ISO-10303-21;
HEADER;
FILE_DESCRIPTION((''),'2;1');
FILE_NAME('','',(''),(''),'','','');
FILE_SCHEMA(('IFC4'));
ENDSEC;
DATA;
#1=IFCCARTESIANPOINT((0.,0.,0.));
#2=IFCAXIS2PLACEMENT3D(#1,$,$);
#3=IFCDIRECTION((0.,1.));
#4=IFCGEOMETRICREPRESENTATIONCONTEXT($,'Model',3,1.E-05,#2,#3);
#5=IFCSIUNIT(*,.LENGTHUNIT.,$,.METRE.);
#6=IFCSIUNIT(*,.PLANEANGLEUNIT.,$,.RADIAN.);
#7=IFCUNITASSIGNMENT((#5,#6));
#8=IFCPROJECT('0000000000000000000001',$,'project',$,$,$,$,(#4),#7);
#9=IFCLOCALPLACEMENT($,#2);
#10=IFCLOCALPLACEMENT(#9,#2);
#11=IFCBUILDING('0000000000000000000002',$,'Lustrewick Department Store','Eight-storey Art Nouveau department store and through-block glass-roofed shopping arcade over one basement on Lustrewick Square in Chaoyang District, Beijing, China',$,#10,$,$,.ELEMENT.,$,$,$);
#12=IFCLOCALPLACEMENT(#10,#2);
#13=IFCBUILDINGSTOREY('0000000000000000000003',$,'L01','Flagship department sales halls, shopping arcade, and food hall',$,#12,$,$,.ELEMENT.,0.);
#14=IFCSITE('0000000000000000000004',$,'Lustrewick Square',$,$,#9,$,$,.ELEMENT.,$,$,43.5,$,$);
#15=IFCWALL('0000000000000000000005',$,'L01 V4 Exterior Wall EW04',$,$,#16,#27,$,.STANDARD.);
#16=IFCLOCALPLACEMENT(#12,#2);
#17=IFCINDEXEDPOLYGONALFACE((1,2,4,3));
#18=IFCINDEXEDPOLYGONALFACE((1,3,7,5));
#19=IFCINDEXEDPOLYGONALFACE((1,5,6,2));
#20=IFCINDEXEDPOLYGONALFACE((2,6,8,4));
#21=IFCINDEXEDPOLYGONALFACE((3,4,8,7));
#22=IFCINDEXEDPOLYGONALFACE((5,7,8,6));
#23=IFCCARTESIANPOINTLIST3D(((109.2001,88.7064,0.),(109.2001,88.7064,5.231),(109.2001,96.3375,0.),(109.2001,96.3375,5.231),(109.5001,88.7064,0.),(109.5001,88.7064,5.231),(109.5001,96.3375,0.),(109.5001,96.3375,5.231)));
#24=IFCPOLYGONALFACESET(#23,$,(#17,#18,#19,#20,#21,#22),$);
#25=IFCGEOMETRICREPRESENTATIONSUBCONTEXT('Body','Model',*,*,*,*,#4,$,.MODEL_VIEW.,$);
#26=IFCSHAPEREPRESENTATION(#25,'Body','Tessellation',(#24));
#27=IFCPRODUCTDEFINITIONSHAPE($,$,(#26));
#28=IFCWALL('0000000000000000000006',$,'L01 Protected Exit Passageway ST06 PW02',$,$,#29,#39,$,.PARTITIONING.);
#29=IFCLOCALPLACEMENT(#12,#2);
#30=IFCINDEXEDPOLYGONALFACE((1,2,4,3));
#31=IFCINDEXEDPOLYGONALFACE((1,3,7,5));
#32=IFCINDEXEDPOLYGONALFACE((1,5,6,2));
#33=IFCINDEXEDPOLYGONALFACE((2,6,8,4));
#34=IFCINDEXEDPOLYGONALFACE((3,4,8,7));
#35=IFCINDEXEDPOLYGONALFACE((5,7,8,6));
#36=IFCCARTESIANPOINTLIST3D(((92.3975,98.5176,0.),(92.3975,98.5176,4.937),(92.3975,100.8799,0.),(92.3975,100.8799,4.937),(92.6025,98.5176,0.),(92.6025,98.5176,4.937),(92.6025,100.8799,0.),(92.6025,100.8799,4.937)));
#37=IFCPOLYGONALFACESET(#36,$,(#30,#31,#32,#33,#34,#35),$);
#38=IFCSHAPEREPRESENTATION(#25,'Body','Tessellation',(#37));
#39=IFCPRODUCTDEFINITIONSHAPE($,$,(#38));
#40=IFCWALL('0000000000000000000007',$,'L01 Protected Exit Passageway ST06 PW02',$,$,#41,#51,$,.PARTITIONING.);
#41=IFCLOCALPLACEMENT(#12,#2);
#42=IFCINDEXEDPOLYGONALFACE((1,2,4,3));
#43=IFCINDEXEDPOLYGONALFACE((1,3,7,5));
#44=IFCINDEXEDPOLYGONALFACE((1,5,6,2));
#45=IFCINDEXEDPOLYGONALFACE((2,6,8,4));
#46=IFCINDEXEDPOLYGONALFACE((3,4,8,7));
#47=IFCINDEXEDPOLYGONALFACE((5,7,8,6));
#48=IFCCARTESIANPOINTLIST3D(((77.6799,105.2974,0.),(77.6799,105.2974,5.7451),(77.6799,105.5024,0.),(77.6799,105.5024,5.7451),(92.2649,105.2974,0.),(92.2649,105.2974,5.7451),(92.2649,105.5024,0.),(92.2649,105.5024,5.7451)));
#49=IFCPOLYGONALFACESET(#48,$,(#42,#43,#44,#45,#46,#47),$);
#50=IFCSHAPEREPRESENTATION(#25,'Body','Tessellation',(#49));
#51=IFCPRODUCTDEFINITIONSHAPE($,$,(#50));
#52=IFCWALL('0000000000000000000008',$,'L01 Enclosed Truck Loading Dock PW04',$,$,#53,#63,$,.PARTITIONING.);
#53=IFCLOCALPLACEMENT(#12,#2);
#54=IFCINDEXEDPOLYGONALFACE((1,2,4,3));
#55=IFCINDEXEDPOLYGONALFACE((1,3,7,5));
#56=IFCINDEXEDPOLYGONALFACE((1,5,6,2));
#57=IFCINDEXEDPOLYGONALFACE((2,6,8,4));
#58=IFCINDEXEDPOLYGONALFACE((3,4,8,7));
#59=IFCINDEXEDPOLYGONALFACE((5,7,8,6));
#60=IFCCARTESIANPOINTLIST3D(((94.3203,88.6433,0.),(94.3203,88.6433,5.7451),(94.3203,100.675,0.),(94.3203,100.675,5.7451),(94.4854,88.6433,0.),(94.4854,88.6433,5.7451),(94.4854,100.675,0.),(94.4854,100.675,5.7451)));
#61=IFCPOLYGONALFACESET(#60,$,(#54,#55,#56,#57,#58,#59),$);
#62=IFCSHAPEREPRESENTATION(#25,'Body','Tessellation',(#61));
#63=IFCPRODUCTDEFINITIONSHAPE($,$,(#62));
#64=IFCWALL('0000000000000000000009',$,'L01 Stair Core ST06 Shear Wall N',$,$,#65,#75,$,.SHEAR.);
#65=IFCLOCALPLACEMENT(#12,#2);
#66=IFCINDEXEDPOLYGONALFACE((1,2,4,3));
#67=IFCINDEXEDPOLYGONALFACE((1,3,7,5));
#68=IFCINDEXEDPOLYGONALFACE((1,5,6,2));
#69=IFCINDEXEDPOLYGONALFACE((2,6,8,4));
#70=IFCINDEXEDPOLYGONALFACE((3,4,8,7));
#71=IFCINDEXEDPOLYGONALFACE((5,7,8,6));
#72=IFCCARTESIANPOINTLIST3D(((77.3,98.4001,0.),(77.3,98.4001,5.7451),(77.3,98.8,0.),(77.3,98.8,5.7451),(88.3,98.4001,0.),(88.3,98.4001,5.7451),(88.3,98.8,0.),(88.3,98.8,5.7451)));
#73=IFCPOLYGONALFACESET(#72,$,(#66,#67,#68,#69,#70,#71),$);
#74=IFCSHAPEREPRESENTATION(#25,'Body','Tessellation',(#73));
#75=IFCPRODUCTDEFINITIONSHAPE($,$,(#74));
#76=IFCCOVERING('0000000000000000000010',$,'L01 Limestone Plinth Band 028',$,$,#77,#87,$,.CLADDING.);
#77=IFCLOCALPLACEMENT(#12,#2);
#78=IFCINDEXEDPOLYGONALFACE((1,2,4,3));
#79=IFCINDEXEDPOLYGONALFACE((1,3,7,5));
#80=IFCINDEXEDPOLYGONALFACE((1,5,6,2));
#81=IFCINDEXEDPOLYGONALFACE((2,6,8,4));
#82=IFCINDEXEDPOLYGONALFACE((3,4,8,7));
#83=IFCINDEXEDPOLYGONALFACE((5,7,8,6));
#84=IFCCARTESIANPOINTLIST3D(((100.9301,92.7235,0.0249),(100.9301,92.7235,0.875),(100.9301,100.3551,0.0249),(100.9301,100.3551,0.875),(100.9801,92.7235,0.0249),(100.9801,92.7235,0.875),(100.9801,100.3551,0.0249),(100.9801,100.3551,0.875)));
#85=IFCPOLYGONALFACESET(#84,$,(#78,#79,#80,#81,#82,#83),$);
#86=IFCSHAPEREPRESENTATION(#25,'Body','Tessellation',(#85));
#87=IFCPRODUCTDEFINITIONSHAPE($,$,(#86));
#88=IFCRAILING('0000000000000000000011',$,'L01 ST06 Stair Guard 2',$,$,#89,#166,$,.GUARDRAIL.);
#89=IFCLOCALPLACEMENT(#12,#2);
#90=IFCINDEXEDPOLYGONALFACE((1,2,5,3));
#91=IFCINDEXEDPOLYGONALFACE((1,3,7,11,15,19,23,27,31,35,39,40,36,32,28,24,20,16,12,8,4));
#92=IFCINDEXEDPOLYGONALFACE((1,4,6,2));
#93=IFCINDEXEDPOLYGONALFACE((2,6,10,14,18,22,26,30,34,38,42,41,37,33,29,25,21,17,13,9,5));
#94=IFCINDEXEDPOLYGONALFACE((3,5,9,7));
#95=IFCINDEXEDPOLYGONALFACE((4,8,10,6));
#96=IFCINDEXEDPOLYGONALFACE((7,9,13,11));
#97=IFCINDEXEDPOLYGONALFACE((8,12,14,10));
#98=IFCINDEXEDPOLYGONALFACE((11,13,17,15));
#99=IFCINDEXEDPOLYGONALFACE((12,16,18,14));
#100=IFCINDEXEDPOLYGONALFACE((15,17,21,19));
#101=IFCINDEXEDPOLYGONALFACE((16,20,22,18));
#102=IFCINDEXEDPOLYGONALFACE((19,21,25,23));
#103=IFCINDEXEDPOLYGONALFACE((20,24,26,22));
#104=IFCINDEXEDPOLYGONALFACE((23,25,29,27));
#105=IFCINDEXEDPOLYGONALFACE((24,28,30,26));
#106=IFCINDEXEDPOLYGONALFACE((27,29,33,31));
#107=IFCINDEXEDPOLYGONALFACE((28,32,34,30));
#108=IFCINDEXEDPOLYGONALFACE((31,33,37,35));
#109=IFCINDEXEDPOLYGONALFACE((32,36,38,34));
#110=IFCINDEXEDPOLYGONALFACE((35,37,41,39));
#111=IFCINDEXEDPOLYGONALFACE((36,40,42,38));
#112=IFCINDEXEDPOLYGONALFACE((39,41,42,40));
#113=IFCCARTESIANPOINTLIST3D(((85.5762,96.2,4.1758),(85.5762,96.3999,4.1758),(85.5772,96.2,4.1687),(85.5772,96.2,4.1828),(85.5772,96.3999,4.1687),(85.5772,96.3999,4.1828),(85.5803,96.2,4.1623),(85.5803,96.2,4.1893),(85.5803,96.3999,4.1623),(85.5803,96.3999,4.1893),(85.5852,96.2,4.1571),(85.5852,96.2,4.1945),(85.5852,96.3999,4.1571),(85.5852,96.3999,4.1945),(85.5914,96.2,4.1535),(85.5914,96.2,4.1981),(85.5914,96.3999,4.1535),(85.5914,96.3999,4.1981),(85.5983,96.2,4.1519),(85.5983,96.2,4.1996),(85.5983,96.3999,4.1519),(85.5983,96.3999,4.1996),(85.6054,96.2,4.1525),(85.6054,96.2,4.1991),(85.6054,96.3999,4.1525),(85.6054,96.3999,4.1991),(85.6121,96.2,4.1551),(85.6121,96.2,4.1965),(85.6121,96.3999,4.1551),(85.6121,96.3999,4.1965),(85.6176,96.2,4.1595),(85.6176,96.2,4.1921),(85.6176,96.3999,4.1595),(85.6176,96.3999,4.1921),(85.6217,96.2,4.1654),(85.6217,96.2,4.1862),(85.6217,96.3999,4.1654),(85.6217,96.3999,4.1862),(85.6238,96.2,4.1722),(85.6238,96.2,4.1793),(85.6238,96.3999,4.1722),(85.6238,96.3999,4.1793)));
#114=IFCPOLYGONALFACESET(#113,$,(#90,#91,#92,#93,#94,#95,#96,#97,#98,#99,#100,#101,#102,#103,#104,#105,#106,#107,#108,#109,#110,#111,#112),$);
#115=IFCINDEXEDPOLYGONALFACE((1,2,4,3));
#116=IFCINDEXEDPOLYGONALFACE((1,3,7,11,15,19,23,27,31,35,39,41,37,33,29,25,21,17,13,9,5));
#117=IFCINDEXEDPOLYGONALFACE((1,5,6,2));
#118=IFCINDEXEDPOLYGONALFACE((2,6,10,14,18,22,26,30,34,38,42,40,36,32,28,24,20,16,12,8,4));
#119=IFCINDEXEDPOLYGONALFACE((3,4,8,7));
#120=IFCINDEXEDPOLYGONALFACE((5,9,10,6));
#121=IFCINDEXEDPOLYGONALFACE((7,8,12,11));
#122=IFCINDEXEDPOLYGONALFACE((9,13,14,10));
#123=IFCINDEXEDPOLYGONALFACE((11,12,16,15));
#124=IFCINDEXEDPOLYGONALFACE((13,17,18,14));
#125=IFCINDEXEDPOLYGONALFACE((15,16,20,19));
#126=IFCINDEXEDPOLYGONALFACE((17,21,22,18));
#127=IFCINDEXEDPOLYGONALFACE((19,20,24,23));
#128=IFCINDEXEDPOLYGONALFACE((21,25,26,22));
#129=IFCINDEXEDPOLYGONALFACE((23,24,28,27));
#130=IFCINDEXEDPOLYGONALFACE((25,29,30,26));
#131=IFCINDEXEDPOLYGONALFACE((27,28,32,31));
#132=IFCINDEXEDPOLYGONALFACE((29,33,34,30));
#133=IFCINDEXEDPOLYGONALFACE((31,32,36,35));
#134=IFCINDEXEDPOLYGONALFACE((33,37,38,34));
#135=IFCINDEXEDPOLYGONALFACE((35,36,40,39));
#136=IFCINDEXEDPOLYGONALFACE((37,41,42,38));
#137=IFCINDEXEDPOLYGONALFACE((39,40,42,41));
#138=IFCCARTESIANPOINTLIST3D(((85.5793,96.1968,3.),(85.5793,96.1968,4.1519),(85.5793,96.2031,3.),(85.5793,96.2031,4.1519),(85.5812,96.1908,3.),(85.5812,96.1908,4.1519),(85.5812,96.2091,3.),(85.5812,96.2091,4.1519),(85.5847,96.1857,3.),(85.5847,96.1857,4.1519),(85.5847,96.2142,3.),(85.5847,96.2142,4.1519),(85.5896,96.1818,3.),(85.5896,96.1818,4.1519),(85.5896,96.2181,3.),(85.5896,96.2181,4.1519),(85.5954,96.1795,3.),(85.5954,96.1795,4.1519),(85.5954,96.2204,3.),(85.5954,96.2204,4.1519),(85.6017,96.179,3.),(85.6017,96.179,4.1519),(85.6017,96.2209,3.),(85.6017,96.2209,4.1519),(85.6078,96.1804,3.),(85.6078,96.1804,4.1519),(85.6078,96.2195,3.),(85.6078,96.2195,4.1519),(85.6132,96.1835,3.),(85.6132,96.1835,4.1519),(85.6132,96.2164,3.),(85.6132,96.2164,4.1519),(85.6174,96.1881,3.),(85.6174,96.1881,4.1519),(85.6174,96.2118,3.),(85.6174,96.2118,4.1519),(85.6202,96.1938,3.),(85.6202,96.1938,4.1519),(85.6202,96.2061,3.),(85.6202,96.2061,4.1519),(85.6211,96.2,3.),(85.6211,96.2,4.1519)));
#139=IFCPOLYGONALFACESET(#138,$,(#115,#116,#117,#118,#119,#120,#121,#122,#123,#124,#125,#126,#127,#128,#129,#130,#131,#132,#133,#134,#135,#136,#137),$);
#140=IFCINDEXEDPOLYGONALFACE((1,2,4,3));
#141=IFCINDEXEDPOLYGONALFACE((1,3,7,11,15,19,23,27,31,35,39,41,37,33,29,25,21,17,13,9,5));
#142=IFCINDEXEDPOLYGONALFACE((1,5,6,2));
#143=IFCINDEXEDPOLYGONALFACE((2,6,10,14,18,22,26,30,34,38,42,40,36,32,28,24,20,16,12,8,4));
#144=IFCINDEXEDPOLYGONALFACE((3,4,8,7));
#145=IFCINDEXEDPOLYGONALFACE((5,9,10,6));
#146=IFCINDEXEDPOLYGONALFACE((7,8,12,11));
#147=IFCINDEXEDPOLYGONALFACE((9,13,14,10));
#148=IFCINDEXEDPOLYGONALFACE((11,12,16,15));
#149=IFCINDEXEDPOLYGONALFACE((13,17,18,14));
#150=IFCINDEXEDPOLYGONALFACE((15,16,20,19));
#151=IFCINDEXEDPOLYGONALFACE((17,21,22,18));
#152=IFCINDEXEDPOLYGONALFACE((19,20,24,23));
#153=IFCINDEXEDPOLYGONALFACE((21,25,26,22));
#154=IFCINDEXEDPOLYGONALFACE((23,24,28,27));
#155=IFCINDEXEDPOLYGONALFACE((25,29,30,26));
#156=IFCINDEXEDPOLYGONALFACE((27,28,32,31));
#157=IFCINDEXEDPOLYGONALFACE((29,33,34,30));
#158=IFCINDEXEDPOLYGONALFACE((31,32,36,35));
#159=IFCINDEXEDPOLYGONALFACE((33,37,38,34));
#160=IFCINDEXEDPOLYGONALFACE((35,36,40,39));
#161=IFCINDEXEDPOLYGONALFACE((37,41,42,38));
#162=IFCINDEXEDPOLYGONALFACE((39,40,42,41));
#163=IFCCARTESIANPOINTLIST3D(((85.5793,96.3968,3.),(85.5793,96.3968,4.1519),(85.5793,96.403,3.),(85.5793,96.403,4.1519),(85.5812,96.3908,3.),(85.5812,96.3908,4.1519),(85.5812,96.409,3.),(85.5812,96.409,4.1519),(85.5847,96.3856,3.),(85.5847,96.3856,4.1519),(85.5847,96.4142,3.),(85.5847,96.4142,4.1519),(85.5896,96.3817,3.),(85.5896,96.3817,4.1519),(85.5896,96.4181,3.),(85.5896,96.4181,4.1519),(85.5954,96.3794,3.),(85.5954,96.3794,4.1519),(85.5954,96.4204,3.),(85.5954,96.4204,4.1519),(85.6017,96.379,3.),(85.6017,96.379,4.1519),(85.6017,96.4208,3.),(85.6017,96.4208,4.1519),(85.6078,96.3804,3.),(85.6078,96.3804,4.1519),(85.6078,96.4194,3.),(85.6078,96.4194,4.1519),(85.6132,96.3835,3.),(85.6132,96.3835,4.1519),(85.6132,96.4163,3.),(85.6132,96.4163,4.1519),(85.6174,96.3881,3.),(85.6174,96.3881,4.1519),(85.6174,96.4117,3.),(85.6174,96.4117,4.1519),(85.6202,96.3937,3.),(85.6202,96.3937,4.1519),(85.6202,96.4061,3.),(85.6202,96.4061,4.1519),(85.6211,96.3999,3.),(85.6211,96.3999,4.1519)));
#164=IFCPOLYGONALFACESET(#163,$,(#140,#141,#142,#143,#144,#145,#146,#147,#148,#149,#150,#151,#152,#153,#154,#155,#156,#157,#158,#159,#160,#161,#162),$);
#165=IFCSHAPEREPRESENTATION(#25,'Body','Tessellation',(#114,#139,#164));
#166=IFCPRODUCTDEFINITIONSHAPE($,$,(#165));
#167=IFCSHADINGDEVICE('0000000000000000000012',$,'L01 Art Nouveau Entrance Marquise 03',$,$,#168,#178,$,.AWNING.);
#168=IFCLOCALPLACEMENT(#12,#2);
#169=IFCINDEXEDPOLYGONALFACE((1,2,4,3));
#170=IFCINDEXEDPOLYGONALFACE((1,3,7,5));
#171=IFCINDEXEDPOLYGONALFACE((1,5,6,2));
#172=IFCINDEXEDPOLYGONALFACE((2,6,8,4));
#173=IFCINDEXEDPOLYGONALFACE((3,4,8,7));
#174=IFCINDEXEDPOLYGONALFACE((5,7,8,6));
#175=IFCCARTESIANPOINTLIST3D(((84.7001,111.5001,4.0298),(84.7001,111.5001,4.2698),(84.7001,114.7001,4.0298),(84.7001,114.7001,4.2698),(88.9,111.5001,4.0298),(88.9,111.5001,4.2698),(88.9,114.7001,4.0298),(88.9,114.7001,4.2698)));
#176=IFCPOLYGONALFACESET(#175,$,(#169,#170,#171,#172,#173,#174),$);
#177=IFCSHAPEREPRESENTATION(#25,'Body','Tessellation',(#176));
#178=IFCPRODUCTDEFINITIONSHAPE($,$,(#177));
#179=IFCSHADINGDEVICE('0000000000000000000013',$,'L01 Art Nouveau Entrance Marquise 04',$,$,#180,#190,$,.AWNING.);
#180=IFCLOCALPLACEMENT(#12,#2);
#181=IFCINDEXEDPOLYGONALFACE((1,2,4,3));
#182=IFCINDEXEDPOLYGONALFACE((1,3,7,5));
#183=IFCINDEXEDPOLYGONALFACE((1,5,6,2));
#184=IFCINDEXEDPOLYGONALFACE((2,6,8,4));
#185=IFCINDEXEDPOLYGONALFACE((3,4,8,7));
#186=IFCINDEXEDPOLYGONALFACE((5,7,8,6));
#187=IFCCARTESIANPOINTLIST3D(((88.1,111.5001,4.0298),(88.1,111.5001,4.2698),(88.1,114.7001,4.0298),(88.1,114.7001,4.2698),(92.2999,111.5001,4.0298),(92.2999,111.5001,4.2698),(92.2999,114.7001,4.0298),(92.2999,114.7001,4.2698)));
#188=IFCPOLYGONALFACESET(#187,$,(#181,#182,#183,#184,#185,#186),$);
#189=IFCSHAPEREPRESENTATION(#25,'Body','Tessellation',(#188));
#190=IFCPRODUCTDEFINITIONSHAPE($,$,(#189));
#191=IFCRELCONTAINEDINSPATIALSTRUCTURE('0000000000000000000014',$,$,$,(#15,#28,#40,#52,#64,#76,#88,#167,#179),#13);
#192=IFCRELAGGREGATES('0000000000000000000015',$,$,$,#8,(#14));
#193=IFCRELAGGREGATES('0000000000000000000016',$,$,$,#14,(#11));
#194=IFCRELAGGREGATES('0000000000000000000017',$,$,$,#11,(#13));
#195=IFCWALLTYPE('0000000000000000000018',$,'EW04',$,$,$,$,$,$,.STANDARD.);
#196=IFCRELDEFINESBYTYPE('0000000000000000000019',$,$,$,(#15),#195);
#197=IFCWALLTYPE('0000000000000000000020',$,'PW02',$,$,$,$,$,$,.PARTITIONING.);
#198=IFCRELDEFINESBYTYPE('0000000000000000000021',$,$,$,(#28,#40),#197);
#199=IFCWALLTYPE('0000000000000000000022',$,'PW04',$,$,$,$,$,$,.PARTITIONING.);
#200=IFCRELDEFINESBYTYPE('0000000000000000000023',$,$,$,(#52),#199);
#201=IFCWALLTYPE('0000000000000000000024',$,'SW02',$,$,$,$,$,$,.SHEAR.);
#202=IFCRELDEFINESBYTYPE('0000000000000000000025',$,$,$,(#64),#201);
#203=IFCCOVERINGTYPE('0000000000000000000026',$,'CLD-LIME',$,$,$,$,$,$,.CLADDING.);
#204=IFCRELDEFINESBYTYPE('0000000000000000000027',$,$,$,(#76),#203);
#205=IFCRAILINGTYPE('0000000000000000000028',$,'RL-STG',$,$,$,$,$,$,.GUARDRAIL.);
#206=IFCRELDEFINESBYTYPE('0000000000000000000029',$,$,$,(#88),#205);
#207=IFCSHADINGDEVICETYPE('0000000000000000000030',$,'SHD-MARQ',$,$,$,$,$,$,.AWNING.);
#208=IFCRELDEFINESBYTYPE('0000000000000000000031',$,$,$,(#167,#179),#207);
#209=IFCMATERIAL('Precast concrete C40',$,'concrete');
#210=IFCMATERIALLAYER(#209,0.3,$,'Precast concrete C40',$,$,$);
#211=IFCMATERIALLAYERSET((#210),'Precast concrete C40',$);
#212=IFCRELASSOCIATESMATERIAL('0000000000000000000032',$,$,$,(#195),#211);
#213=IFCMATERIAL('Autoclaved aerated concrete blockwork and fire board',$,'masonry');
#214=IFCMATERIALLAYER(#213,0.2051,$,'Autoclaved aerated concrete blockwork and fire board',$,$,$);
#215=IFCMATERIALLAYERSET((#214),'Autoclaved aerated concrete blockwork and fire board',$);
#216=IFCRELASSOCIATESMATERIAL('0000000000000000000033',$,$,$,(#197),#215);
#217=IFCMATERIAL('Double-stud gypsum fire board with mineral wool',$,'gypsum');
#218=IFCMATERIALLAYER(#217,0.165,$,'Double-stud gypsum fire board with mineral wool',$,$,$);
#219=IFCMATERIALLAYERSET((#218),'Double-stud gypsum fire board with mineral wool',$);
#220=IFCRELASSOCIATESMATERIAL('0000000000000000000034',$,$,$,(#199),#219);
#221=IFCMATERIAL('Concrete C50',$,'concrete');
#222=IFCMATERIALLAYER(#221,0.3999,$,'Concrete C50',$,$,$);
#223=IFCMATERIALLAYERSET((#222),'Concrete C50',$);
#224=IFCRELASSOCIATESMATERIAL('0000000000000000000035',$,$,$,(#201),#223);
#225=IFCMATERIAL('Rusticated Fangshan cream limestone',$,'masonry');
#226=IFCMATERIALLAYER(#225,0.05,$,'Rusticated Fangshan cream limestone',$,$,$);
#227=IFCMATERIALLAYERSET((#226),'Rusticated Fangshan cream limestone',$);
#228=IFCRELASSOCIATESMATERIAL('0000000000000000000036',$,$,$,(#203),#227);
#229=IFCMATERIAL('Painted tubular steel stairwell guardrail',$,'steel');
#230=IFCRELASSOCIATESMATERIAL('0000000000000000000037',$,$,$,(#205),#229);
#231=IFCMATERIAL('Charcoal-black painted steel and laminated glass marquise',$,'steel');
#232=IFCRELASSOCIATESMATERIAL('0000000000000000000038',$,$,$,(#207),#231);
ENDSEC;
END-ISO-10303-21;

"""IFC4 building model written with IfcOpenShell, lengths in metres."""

from ifc_helpers import new_model, si_unit, direction, frame, frame_2d, origin, origin_2d, place, context, subcontext, project, spatial, rectangle, circle, extrude, material, layer, layer_set, type_object, element, save


model = new_model("IFC4")

# Units and contexts
model_context = context("Model", 3, precision=1e-05, world=origin(), true_north=direction((0.0, 1.0)))
body_context = subcontext(model_context, "Body", "Model", "MODEL_VIEW")
ifc_project = project(units=[si_unit("LENGTHUNIT", "METRE"), si_unit("PLANEANGLEUNIT", "RADIAN")], contexts=[model_context])

# Site, building, storey
site_placement = place(None, origin())
site = spatial("IfcSite", under=ifc_project, at=site_placement, Name="Lustrewick Square", CompositionType="ELEMENT", RefElevation=43.5)
building_placement = place(site_placement, origin())
building = spatial("IfcBuilding", under=site, at=building_placement, Name="Lustrewick Department Store", Description="Eight-storey Art Nouveau department store and through-block glass-roofed shopping arcade over one basement on Lustrewick Square in Chaoyang District, Beijing, China", CompositionType="ELEMENT")
storey_placement = place(building_placement, origin())
storey = spatial("IfcBuildingStorey", under=building, at=storey_placement, Name="L01", Description="Flagship department sales halls, shopping arcade, and food hall", CompositionType="ELEMENT", Elevation=0.0)

# Shared definitions
ifc_material_1 = material(Name="Precast concrete C40", Category="concrete")

# Wall
ifc_layer_1 = layer(ifc_material_1, 0.3, Name="Precast concrete C40")
ifc_layer_set_1 = layer_set([ifc_layer_1], Name="Precast concrete C40")
wall_type_1 = type_object("IfcWallType", Name="EW04", PredefinedType="STANDARD", material=ifc_layer_set_1)
wall_1_placement = place(storey_placement, frame((109.3501, 96.3374, 0.0), z_axis=(0.0, 0.0, 1.0), x_axis=(0.0, -1.0, 0.0)))
element("IfcWall", 1, at=wall_1_placement, inside=storey, type_object=wall_type_1, Name="L01 V4 Exterior Wall EW04", PredefinedType="STANDARD", context=body_context, shape_type="SweptSolid", body=[
    extrude(rectangle(XDim=7.6311, YDim=0.3, at=frame_2d((3.8154, 0.0))), origin(), (0.0, 0.0, 1.0), 5.231),
])

# Shared definitions
ifc_material_2 = material(Name="Autoclaved aerated concrete blockwork and fire board", Category="masonry")
ifc_layer_2 = layer(ifc_material_2, 0.2051, Name="Autoclaved aerated concrete blockwork and fire board")
ifc_layer_set_2 = layer_set([ifc_layer_2], Name="Autoclaved aerated concrete blockwork and fire board")
wall_type_2 = type_object("IfcWallType", Name="PW02", PredefinedType="PARTITIONING", material=ifc_layer_set_2)

# Walls
wall_2_placement = place(storey_placement, frame((92.5, 98.5176, 0.0), z_axis=(0.0, 0.0, 1.0), x_axis=(0.0, 1.0, 0.0)))
element("IfcWall", 2, at=wall_2_placement, inside=storey, type_object=wall_type_2, Name="L01 Protected Exit Passageway ST06 PW02", PredefinedType="PARTITIONING", context=body_context, shape_type="SweptSolid", body=[
    extrude(rectangle(XDim=2.3623, YDim=0.2051, at=frame_2d((1.1812, 0.0))), origin(), (0.0, 0.0, 1.0), 4.937),
])
wall_3_placement = place(storey_placement, frame((92.2649, 105.3999, 0.0), z_axis=(0.0, 0.0, 1.0), x_axis=(-1.0, 0.0, 0.0)))
element("IfcWall", 3, at=wall_3_placement, inside=storey, type_object=wall_type_2, Name="L01 Protected Exit Passageway ST06 PW02", PredefinedType="PARTITIONING", context=body_context, shape_type="SweptSolid", body=[
    extrude(rectangle(XDim=14.585, YDim=0.2051, at=frame_2d((7.2925, 0.0))), origin(), (0.0, 0.0, 1.0), 5.7451),
])
ifc_material_3 = material(Name="Double-stud gypsum fire board with mineral wool", Category="gypsum")
ifc_layer_3 = layer(ifc_material_3, 0.165, Name="Double-stud gypsum fire board with mineral wool")
ifc_layer_set_3 = layer_set([ifc_layer_3], Name="Double-stud gypsum fire board with mineral wool")
wall_type_3 = type_object("IfcWallType", Name="PW04", PredefinedType="PARTITIONING", material=ifc_layer_set_3)
wall_4_placement = place(storey_placement, frame((94.4028, 100.675, 0.0), z_axis=(0.0, 0.0, 1.0), x_axis=(0.0, -1.0, 0.0)))
element("IfcWall", 4, at=wall_4_placement, inside=storey, type_object=wall_type_3, Name="L01 Enclosed Truck Loading Dock PW04", PredefinedType="PARTITIONING", context=body_context, shape_type="SweptSolid", body=[
    extrude(rectangle(XDim=12.0317, YDim=0.165, at=frame_2d((6.0159, 0.0))), origin(), (0.0, 0.0, 1.0), 5.7451),
])
ifc_material_4 = material(Name="Concrete C50", Category="concrete")
ifc_layer_4 = layer(ifc_material_4, 0.3999, Name="Concrete C50")
ifc_layer_set_4 = layer_set([ifc_layer_4], Name="Concrete C50")
wall_type_4 = type_object("IfcWallType", Name="SW02", PredefinedType="SHEAR", material=ifc_layer_set_4)
wall_5_placement = place(storey_placement, frame((88.3, 98.6001, 0.0), z_axis=(0.0, 0.0, 1.0), x_axis=(-1.0, 0.0, 0.0)))
element("IfcWall", 5, at=wall_5_placement, inside=storey, type_object=wall_type_4, Name="L01 Stair Core ST06 Shear Wall N", PredefinedType="SHEAR", context=body_context, shape_type="SweptSolid", body=[
    extrude(rectangle(XDim=11.0, YDim=0.3999, at=frame_2d((5.5, 0.0))), origin(), (0.0, 0.0, 1.0), 5.7451),
])

# Covering
ifc_material_5 = material(Name="Rusticated Fangshan cream limestone", Category="masonry")
ifc_layer_5 = layer(ifc_material_5, 0.05, Name="Rusticated Fangshan cream limestone")
ifc_layer_set_5 = layer_set([ifc_layer_5], Name="Rusticated Fangshan cream limestone")
covering_type = type_object("IfcCoveringType", Name="CLD-LIME", PredefinedType="CLADDING", material=ifc_layer_set_5)
covering_placement = place(storey_placement, frame((100.9551, 96.5393, 0.0249), z_axis=(0.0, 0.0, 1.0), x_axis=(0.0, 1.0, 0.0)))
element("IfcCovering", 6, at=covering_placement, inside=storey, type_object=covering_type, Name="L01 Limestone Plinth Band 028", PredefinedType="CLADDING", context=body_context, shape_type="SweptSolid", body=[
    extrude(rectangle(XDim=7.6316, YDim=0.05, at=origin_2d()), origin(), (0.0, 0.0, 1.0), 0.8501),
])

# Railing
ifc_material_6 = material(Name="Painted tubular steel stairwell guardrail", Category="steel")
railing_type = type_object("IfcRailingType", Name="RL-STG", PredefinedType="GUARDRAIL", material=ifc_material_6)
railing_placement = place(storey_placement, frame((85.6001, 96.2, 3.0)))
element("IfcRailing", 7, at=railing_placement, inside=storey, type_object=railing_type, Name="L01 ST06 Stair Guard 2", PredefinedType="GUARDRAIL", context=body_context, shape_type="SweptSolid", body=[
    extrude(circle(Radius=0.0239, at=origin_2d()), frame((0.0, 0.0, 1.1758), z_axis=(0.0, 1.0, 0.0), x_axis=(-1.0, 0.0, 0.0)), (0.0, 0.0, 1.0), 0.2),
    extrude(circle(Radius=0.021, at=origin_2d()), origin(), (0.0, 0.0, 1.0), 1.1519),
    extrude(circle(Radius=0.021, at=origin_2d()), frame((0.0, 0.2, 0.0)), (0.0, 0.0, 1.0), 1.1519),
])

# Shading devices
ifc_material_7 = material(Name="Charcoal-black painted steel and laminated glass marquise", Category="steel")
shading_device_type = type_object("IfcShadingDeviceType", Name="SHD-MARQ", PredefinedType="AWNING", material=ifc_material_7)
for number, where, z_axis, x_axis, name in (
    (8, (86.8, 113.1001, 4.0298), (0.0, 0.0, 1.0), (1.0, 0.0, 0.0), "L01 Art Nouveau Entrance Marquise 03"),
    (9, (90.2, 113.1001, 4.0298), (0.0, 0.0, 1.0), (1.0, 0.0, 0.0), "L01 Art Nouveau Entrance Marquise 04"),
):
    element("IfcShadingDevice", number, at=place(storey_placement, frame(where, z_axis=z_axis, x_axis=x_axis)), inside=storey, type_object=shading_device_type, Name=name, PredefinedType="AWNING", context=body_context, shape_type="SweptSolid", body=[
        extrude(rectangle(XDim=4.2, YDim=3.2, at=origin_2d()), origin(), (0.0, 0.0, 1.0), 0.24),
    ])

save(model, "model.ifc")
